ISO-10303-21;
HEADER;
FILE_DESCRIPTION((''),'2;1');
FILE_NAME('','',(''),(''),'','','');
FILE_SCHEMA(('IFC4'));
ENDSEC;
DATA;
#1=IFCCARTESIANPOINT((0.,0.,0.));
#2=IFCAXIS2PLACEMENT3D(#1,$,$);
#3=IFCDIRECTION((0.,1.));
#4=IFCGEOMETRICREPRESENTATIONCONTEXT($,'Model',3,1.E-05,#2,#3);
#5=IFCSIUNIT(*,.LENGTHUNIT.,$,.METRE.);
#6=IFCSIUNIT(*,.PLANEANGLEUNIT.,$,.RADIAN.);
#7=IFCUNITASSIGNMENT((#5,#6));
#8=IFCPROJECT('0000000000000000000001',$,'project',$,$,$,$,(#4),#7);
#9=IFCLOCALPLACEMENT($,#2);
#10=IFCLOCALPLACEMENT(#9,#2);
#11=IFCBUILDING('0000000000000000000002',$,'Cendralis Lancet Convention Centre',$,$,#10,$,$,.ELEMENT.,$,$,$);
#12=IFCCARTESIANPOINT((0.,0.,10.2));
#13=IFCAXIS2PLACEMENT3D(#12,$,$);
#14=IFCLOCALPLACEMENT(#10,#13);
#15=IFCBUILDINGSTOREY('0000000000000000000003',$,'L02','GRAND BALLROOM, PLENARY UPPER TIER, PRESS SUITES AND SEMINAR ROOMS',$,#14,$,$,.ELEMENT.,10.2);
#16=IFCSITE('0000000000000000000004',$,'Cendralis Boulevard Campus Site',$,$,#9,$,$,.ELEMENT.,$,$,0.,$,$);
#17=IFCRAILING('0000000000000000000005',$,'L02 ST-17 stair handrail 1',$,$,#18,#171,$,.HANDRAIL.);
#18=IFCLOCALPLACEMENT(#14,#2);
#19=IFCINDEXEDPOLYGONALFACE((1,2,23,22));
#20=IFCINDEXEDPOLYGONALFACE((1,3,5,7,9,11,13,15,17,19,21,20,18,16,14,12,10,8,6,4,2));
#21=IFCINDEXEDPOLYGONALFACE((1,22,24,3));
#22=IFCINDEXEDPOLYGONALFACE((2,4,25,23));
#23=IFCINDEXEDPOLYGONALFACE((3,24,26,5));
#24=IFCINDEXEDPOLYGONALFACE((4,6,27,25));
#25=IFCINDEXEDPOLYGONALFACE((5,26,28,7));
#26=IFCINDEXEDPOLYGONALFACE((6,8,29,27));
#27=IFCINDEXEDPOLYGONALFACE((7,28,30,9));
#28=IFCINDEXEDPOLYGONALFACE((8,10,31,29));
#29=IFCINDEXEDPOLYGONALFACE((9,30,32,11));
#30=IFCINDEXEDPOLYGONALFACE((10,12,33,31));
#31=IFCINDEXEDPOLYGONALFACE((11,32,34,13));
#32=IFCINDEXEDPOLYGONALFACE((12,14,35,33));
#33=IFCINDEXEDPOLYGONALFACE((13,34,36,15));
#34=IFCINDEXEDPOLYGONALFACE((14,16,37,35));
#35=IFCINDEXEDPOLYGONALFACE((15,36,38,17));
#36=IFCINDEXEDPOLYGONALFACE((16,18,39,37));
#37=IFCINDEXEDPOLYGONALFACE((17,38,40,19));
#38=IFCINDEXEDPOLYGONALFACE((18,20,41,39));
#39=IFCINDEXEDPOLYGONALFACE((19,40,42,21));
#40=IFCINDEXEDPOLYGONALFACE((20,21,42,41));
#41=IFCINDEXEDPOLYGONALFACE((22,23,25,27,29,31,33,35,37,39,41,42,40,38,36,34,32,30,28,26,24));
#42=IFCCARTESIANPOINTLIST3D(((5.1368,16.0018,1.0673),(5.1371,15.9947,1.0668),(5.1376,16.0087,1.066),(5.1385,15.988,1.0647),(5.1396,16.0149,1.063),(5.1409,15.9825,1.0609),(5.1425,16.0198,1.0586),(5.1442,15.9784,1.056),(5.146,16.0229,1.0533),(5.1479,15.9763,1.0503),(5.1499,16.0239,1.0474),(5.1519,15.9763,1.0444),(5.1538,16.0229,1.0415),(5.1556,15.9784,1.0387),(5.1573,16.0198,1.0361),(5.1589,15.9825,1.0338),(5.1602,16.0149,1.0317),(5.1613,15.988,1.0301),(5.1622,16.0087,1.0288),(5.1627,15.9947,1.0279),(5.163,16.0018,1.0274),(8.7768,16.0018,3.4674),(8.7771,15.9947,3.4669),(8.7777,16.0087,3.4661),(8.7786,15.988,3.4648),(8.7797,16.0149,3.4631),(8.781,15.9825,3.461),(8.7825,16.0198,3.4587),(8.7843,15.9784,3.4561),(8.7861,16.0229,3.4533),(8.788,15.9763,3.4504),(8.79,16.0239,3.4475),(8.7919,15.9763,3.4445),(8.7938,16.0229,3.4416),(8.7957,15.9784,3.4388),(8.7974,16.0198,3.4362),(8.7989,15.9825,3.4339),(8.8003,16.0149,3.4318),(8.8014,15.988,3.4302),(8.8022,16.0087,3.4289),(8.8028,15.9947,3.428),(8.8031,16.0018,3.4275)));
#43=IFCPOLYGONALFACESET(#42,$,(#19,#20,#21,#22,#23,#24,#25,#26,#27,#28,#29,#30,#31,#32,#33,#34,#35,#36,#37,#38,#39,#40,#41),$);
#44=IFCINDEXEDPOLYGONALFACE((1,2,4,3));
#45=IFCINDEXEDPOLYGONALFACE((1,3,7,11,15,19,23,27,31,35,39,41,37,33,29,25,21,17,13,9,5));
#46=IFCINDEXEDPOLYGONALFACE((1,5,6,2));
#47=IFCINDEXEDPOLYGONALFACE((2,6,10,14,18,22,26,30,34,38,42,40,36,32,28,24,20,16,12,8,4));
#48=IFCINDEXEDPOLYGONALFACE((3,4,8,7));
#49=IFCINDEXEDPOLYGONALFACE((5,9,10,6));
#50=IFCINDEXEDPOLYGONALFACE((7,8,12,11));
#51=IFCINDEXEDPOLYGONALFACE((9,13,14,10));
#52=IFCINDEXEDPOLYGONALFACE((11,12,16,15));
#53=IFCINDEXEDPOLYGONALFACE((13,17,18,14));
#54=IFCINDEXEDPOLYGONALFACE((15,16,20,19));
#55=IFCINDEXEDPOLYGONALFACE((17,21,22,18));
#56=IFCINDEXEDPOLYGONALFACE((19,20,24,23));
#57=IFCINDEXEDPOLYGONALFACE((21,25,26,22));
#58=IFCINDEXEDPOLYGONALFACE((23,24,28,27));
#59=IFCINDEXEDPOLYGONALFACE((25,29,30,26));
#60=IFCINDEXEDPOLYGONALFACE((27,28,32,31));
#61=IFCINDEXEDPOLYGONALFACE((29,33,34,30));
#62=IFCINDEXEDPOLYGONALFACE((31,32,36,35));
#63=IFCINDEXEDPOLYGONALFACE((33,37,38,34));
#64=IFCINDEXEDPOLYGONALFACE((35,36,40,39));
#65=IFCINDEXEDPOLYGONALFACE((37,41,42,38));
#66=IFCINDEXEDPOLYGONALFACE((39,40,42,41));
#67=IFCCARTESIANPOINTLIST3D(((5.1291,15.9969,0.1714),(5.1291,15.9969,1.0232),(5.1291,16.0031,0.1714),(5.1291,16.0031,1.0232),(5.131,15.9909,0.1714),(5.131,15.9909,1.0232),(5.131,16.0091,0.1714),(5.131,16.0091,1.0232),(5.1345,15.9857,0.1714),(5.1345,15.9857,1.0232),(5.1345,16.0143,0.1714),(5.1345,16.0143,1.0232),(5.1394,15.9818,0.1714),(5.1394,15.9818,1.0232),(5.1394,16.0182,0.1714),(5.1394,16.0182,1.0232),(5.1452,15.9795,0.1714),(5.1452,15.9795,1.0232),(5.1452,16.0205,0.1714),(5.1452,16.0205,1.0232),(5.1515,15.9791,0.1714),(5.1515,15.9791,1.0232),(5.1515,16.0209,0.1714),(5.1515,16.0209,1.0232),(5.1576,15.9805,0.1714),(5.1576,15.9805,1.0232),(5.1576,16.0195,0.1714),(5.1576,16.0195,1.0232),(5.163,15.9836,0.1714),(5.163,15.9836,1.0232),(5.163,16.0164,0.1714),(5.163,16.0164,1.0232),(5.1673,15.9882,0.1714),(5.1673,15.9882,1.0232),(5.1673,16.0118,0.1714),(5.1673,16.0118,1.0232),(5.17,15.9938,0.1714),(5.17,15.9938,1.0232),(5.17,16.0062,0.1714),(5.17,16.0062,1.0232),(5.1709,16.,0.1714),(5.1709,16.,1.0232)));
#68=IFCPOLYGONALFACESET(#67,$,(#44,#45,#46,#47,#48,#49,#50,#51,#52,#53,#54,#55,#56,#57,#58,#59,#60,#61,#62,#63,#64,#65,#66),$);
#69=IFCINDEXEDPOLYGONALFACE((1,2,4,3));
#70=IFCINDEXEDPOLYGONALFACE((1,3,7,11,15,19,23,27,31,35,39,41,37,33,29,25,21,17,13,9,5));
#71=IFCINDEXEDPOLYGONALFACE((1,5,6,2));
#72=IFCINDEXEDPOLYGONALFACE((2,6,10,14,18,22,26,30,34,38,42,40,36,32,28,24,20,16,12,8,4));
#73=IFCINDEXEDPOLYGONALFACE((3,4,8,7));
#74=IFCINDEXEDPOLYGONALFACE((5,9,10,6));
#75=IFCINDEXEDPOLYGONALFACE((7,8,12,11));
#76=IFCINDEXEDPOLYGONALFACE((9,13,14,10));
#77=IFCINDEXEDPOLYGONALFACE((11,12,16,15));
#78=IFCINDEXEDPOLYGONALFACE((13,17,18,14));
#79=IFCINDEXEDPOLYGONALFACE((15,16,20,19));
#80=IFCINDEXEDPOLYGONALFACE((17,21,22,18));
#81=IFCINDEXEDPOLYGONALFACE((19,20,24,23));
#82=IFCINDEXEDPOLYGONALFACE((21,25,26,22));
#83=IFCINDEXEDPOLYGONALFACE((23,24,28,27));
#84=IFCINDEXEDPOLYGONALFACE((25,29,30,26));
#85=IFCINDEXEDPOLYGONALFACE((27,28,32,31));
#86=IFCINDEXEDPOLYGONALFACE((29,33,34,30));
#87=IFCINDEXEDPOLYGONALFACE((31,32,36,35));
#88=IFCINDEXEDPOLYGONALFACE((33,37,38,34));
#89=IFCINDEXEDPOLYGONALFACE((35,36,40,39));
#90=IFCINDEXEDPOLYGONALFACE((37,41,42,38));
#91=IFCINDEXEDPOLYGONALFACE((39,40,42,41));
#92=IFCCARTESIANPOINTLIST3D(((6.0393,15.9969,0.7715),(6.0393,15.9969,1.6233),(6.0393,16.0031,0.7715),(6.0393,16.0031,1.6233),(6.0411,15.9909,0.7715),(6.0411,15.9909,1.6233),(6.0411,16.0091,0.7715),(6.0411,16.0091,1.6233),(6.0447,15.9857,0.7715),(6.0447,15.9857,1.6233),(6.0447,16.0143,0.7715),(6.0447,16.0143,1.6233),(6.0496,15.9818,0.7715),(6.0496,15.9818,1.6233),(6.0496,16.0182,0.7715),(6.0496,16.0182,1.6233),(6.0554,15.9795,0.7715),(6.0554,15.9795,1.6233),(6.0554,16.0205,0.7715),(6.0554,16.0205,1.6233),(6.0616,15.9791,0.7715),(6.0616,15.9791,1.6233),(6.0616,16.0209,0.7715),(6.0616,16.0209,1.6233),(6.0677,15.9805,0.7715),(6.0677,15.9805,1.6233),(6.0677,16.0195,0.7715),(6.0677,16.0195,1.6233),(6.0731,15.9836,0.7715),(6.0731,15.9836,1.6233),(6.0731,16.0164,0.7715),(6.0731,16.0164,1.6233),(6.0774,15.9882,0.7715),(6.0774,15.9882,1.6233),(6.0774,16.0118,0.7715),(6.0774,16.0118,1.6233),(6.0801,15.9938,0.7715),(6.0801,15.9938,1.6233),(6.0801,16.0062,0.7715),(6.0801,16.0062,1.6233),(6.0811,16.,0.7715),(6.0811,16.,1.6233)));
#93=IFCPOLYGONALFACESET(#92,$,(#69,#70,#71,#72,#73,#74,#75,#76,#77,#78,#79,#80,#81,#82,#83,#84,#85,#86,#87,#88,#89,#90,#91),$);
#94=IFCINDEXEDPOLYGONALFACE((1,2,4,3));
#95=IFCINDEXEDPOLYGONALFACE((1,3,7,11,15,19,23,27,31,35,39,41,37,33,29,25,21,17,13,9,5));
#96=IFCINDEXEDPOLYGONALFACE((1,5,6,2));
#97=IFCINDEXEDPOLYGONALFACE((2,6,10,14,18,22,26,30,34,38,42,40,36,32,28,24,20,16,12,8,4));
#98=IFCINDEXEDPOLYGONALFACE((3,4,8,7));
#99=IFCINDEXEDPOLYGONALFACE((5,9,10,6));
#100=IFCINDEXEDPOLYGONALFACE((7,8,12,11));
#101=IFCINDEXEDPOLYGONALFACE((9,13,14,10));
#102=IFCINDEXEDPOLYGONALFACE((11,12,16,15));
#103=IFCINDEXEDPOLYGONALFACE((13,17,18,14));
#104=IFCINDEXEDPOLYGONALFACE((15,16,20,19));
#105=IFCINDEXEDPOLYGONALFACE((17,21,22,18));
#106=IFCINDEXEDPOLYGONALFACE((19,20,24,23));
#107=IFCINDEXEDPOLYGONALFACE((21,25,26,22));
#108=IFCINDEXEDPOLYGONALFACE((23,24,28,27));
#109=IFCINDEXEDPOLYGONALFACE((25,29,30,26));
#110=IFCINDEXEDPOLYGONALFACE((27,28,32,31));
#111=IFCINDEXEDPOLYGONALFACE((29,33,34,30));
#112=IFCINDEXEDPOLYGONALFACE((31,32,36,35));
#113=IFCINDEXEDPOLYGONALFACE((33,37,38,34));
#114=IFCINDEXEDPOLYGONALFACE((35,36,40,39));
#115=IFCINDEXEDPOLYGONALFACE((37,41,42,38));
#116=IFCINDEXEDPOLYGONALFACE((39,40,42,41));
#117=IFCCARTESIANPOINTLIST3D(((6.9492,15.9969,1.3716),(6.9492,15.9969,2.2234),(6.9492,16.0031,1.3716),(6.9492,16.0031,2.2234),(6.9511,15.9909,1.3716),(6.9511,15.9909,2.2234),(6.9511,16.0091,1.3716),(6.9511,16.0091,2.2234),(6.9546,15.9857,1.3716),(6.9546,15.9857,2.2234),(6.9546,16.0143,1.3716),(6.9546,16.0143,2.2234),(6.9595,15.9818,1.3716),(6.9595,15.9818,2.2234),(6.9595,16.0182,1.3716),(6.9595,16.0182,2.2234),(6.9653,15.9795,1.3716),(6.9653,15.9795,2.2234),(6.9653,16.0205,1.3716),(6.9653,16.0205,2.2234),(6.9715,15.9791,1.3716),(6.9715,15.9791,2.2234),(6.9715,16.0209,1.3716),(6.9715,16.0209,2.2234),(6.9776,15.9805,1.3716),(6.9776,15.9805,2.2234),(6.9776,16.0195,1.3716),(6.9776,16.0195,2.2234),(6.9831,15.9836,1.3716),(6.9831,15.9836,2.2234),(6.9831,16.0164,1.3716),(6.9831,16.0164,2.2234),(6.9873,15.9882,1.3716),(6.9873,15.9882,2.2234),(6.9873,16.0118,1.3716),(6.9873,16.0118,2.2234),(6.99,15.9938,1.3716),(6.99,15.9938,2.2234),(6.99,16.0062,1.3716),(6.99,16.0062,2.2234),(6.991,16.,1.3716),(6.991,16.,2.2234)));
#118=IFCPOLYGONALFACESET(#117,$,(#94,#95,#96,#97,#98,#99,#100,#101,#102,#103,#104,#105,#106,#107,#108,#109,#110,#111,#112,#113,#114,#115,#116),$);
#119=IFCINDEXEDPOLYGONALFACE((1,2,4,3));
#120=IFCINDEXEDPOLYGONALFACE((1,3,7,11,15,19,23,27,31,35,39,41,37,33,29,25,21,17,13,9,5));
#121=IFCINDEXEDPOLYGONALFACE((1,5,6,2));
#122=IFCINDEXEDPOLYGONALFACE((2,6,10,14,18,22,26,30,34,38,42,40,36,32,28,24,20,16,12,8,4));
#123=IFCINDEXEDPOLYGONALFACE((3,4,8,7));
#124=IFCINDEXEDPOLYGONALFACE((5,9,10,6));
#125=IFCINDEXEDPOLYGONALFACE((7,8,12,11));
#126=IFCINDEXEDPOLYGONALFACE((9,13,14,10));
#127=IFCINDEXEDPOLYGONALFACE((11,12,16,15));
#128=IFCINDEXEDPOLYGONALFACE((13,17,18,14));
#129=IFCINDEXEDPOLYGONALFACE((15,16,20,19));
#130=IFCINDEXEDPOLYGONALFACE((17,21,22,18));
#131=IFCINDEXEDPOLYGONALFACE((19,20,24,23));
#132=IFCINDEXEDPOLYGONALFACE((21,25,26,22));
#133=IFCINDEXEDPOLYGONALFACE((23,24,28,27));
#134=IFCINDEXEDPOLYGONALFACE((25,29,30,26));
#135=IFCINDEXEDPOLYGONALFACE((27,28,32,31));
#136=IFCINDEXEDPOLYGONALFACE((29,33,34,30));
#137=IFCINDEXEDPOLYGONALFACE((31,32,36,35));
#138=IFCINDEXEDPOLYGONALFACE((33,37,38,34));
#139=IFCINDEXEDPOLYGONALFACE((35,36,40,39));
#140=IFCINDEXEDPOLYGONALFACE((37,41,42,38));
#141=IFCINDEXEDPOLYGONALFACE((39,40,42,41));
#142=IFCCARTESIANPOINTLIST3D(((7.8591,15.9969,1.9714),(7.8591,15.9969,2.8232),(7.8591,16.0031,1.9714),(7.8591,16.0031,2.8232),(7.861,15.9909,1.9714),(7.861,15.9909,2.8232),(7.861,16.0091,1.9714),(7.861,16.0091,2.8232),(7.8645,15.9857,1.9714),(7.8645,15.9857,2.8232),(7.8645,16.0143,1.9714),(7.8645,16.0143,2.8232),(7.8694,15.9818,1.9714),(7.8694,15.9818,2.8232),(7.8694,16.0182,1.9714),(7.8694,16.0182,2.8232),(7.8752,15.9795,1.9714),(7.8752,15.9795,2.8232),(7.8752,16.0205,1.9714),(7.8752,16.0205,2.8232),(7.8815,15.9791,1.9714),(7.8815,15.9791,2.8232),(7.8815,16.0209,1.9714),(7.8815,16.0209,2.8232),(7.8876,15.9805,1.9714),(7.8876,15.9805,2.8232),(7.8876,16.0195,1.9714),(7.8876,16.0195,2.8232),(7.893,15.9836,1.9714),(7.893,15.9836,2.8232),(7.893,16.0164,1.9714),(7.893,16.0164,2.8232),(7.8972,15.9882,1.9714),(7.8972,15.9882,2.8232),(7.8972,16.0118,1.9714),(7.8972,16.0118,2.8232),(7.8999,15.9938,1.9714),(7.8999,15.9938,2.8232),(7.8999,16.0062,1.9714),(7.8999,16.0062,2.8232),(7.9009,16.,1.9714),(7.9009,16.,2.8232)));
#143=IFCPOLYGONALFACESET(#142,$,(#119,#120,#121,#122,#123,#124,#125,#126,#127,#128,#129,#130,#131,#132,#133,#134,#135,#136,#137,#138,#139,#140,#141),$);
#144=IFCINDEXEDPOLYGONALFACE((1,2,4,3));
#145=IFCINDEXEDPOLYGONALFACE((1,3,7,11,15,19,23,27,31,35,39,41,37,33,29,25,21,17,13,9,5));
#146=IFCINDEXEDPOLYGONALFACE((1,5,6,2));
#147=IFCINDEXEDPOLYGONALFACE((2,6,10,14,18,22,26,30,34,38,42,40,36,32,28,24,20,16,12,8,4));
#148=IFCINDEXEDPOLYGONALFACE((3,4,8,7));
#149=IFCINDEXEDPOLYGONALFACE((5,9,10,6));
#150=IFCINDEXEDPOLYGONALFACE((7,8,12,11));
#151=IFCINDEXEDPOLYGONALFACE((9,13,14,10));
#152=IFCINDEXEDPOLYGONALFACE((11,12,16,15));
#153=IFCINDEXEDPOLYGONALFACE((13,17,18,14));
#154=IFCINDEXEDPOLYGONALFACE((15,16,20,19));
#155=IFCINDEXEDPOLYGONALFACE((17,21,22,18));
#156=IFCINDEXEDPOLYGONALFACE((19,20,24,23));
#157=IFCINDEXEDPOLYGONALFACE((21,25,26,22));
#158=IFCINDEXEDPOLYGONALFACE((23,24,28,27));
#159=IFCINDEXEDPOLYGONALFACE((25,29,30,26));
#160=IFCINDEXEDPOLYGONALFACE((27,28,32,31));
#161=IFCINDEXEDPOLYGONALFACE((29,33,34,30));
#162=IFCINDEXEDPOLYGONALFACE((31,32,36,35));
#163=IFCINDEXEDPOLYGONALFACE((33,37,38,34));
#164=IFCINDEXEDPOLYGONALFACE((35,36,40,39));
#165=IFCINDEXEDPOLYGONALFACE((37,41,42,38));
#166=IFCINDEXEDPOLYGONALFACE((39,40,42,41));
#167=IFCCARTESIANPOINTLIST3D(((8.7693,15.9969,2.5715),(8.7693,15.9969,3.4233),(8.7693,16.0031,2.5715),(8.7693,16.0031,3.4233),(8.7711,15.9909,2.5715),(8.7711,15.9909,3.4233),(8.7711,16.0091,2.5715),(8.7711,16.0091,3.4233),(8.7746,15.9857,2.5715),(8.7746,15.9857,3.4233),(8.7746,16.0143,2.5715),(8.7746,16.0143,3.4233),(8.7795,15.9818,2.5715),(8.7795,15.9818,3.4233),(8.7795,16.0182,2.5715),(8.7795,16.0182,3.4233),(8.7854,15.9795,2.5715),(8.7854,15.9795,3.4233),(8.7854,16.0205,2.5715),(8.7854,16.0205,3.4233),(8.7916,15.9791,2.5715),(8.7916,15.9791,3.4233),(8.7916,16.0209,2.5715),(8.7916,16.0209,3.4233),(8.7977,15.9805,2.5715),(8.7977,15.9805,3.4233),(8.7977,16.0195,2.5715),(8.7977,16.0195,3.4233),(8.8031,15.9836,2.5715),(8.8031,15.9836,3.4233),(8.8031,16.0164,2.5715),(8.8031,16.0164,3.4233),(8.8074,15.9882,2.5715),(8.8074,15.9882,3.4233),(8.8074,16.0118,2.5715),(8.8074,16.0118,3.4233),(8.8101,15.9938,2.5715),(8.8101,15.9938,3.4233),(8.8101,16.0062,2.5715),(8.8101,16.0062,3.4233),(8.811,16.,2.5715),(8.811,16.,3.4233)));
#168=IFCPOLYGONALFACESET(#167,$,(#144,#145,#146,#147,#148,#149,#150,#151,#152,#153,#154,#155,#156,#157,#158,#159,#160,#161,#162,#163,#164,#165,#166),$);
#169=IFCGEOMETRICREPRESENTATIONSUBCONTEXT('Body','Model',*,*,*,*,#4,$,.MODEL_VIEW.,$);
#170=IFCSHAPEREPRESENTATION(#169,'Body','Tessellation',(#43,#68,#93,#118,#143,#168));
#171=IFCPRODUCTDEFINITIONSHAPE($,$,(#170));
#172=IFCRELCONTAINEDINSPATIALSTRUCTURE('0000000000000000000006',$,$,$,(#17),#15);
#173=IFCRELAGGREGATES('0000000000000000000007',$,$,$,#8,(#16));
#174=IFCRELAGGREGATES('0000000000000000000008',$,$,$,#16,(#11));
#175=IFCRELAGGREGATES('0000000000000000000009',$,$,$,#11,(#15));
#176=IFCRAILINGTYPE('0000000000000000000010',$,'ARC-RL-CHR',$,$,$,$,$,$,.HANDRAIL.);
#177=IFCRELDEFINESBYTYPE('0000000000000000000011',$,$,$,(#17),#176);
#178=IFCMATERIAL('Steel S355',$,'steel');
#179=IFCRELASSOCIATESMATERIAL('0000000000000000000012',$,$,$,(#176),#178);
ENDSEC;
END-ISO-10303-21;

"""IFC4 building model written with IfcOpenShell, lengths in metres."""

from ifc_helpers import new_model, si_unit, direction, frame, origin, origin_2d, place, context, subcontext, project, spatial, circle, extrude, material, type_object, element, save


model = new_model("IFC4")

# Units and contexts
model_context = context("Model", 3, precision=1e-05, world=origin(), true_north=direction((0.0, 1.0)))
body_context = subcontext(model_context, "Body", "Model", "MODEL_VIEW")
ifc_project = project(units=[si_unit("LENGTHUNIT", "METRE"), si_unit("PLANEANGLEUNIT", "RADIAN")], contexts=[model_context])

# Site, building, storey
site_placement = place(None, origin())
site = spatial("IfcSite", under=ifc_project, at=site_placement, Name="Cendralis Boulevard Campus Site", CompositionType="ELEMENT", RefElevation=0.0)
building_placement = place(site_placement, origin())
building = spatial("IfcBuilding", under=site, at=building_placement, Name="Cendralis Lancet Convention Centre", CompositionType="ELEMENT")
storey_placement = place(building_placement, frame((0.0, 0.0, 10.2)))
storey = spatial("IfcBuildingStorey", under=building, at=storey_placement, Name="L02", Description="GRAND BALLROOM, PLENARY UPPER TIER, PRESS SUITES AND SEMINAR ROOMS", CompositionType="ELEMENT", Elevation=10.2)

# Shared definitions
ifc_material_1 = material(Name="Steel S355", Category="steel")

# Railing
railing_type_1 = type_object("IfcRailingType", Name="ARC-RL-CHR", PredefinedType="HANDRAIL", material=ifc_material_1)
railing_1_placement = place(storey_placement, frame((5.1499, 16.0, 0.1714)))
element("IfcRailing", 1, at=railing_1_placement, inside=storey, type_object=railing_type_1, Name="L02 ST-17 stair handrail 1", PredefinedType="HANDRAIL", context=body_context, shape_type="SweptSolid", body=[
    extrude(circle(Radius=0.0239, at=origin_2d()), frame((0.0, 0.0, 0.876), z_axis=(0.834856, 0.0, 0.550468), x_axis=(0.0, 1.0, 0.0)), (0.0, 0.0, 1.0), 4.3601),
    extrude(circle(Radius=0.021, at=origin_2d()), origin(), (0.0, 0.0, 1.0), 0.8518),
    extrude(circle(Radius=0.021, at=origin_2d()), frame((0.9102, 0.0, 0.6001)), (0.0, 0.0, 1.0), 0.8518),
    extrude(circle(Radius=0.021, at=origin_2d()), frame((1.8201, 0.0, 1.2002)), (0.0, 0.0, 1.0), 0.8518),
    extrude(circle(Radius=0.021, at=origin_2d()), frame((2.73, 0.0, 1.8)), (0.0, 0.0, 1.0), 0.8518),
    extrude(circle(Radius=0.021, at=origin_2d()), frame((3.6401, 0.0, 2.4001)), (0.0, 0.0, 1.0), 0.8518),
])

save(model, "model.ifc")
